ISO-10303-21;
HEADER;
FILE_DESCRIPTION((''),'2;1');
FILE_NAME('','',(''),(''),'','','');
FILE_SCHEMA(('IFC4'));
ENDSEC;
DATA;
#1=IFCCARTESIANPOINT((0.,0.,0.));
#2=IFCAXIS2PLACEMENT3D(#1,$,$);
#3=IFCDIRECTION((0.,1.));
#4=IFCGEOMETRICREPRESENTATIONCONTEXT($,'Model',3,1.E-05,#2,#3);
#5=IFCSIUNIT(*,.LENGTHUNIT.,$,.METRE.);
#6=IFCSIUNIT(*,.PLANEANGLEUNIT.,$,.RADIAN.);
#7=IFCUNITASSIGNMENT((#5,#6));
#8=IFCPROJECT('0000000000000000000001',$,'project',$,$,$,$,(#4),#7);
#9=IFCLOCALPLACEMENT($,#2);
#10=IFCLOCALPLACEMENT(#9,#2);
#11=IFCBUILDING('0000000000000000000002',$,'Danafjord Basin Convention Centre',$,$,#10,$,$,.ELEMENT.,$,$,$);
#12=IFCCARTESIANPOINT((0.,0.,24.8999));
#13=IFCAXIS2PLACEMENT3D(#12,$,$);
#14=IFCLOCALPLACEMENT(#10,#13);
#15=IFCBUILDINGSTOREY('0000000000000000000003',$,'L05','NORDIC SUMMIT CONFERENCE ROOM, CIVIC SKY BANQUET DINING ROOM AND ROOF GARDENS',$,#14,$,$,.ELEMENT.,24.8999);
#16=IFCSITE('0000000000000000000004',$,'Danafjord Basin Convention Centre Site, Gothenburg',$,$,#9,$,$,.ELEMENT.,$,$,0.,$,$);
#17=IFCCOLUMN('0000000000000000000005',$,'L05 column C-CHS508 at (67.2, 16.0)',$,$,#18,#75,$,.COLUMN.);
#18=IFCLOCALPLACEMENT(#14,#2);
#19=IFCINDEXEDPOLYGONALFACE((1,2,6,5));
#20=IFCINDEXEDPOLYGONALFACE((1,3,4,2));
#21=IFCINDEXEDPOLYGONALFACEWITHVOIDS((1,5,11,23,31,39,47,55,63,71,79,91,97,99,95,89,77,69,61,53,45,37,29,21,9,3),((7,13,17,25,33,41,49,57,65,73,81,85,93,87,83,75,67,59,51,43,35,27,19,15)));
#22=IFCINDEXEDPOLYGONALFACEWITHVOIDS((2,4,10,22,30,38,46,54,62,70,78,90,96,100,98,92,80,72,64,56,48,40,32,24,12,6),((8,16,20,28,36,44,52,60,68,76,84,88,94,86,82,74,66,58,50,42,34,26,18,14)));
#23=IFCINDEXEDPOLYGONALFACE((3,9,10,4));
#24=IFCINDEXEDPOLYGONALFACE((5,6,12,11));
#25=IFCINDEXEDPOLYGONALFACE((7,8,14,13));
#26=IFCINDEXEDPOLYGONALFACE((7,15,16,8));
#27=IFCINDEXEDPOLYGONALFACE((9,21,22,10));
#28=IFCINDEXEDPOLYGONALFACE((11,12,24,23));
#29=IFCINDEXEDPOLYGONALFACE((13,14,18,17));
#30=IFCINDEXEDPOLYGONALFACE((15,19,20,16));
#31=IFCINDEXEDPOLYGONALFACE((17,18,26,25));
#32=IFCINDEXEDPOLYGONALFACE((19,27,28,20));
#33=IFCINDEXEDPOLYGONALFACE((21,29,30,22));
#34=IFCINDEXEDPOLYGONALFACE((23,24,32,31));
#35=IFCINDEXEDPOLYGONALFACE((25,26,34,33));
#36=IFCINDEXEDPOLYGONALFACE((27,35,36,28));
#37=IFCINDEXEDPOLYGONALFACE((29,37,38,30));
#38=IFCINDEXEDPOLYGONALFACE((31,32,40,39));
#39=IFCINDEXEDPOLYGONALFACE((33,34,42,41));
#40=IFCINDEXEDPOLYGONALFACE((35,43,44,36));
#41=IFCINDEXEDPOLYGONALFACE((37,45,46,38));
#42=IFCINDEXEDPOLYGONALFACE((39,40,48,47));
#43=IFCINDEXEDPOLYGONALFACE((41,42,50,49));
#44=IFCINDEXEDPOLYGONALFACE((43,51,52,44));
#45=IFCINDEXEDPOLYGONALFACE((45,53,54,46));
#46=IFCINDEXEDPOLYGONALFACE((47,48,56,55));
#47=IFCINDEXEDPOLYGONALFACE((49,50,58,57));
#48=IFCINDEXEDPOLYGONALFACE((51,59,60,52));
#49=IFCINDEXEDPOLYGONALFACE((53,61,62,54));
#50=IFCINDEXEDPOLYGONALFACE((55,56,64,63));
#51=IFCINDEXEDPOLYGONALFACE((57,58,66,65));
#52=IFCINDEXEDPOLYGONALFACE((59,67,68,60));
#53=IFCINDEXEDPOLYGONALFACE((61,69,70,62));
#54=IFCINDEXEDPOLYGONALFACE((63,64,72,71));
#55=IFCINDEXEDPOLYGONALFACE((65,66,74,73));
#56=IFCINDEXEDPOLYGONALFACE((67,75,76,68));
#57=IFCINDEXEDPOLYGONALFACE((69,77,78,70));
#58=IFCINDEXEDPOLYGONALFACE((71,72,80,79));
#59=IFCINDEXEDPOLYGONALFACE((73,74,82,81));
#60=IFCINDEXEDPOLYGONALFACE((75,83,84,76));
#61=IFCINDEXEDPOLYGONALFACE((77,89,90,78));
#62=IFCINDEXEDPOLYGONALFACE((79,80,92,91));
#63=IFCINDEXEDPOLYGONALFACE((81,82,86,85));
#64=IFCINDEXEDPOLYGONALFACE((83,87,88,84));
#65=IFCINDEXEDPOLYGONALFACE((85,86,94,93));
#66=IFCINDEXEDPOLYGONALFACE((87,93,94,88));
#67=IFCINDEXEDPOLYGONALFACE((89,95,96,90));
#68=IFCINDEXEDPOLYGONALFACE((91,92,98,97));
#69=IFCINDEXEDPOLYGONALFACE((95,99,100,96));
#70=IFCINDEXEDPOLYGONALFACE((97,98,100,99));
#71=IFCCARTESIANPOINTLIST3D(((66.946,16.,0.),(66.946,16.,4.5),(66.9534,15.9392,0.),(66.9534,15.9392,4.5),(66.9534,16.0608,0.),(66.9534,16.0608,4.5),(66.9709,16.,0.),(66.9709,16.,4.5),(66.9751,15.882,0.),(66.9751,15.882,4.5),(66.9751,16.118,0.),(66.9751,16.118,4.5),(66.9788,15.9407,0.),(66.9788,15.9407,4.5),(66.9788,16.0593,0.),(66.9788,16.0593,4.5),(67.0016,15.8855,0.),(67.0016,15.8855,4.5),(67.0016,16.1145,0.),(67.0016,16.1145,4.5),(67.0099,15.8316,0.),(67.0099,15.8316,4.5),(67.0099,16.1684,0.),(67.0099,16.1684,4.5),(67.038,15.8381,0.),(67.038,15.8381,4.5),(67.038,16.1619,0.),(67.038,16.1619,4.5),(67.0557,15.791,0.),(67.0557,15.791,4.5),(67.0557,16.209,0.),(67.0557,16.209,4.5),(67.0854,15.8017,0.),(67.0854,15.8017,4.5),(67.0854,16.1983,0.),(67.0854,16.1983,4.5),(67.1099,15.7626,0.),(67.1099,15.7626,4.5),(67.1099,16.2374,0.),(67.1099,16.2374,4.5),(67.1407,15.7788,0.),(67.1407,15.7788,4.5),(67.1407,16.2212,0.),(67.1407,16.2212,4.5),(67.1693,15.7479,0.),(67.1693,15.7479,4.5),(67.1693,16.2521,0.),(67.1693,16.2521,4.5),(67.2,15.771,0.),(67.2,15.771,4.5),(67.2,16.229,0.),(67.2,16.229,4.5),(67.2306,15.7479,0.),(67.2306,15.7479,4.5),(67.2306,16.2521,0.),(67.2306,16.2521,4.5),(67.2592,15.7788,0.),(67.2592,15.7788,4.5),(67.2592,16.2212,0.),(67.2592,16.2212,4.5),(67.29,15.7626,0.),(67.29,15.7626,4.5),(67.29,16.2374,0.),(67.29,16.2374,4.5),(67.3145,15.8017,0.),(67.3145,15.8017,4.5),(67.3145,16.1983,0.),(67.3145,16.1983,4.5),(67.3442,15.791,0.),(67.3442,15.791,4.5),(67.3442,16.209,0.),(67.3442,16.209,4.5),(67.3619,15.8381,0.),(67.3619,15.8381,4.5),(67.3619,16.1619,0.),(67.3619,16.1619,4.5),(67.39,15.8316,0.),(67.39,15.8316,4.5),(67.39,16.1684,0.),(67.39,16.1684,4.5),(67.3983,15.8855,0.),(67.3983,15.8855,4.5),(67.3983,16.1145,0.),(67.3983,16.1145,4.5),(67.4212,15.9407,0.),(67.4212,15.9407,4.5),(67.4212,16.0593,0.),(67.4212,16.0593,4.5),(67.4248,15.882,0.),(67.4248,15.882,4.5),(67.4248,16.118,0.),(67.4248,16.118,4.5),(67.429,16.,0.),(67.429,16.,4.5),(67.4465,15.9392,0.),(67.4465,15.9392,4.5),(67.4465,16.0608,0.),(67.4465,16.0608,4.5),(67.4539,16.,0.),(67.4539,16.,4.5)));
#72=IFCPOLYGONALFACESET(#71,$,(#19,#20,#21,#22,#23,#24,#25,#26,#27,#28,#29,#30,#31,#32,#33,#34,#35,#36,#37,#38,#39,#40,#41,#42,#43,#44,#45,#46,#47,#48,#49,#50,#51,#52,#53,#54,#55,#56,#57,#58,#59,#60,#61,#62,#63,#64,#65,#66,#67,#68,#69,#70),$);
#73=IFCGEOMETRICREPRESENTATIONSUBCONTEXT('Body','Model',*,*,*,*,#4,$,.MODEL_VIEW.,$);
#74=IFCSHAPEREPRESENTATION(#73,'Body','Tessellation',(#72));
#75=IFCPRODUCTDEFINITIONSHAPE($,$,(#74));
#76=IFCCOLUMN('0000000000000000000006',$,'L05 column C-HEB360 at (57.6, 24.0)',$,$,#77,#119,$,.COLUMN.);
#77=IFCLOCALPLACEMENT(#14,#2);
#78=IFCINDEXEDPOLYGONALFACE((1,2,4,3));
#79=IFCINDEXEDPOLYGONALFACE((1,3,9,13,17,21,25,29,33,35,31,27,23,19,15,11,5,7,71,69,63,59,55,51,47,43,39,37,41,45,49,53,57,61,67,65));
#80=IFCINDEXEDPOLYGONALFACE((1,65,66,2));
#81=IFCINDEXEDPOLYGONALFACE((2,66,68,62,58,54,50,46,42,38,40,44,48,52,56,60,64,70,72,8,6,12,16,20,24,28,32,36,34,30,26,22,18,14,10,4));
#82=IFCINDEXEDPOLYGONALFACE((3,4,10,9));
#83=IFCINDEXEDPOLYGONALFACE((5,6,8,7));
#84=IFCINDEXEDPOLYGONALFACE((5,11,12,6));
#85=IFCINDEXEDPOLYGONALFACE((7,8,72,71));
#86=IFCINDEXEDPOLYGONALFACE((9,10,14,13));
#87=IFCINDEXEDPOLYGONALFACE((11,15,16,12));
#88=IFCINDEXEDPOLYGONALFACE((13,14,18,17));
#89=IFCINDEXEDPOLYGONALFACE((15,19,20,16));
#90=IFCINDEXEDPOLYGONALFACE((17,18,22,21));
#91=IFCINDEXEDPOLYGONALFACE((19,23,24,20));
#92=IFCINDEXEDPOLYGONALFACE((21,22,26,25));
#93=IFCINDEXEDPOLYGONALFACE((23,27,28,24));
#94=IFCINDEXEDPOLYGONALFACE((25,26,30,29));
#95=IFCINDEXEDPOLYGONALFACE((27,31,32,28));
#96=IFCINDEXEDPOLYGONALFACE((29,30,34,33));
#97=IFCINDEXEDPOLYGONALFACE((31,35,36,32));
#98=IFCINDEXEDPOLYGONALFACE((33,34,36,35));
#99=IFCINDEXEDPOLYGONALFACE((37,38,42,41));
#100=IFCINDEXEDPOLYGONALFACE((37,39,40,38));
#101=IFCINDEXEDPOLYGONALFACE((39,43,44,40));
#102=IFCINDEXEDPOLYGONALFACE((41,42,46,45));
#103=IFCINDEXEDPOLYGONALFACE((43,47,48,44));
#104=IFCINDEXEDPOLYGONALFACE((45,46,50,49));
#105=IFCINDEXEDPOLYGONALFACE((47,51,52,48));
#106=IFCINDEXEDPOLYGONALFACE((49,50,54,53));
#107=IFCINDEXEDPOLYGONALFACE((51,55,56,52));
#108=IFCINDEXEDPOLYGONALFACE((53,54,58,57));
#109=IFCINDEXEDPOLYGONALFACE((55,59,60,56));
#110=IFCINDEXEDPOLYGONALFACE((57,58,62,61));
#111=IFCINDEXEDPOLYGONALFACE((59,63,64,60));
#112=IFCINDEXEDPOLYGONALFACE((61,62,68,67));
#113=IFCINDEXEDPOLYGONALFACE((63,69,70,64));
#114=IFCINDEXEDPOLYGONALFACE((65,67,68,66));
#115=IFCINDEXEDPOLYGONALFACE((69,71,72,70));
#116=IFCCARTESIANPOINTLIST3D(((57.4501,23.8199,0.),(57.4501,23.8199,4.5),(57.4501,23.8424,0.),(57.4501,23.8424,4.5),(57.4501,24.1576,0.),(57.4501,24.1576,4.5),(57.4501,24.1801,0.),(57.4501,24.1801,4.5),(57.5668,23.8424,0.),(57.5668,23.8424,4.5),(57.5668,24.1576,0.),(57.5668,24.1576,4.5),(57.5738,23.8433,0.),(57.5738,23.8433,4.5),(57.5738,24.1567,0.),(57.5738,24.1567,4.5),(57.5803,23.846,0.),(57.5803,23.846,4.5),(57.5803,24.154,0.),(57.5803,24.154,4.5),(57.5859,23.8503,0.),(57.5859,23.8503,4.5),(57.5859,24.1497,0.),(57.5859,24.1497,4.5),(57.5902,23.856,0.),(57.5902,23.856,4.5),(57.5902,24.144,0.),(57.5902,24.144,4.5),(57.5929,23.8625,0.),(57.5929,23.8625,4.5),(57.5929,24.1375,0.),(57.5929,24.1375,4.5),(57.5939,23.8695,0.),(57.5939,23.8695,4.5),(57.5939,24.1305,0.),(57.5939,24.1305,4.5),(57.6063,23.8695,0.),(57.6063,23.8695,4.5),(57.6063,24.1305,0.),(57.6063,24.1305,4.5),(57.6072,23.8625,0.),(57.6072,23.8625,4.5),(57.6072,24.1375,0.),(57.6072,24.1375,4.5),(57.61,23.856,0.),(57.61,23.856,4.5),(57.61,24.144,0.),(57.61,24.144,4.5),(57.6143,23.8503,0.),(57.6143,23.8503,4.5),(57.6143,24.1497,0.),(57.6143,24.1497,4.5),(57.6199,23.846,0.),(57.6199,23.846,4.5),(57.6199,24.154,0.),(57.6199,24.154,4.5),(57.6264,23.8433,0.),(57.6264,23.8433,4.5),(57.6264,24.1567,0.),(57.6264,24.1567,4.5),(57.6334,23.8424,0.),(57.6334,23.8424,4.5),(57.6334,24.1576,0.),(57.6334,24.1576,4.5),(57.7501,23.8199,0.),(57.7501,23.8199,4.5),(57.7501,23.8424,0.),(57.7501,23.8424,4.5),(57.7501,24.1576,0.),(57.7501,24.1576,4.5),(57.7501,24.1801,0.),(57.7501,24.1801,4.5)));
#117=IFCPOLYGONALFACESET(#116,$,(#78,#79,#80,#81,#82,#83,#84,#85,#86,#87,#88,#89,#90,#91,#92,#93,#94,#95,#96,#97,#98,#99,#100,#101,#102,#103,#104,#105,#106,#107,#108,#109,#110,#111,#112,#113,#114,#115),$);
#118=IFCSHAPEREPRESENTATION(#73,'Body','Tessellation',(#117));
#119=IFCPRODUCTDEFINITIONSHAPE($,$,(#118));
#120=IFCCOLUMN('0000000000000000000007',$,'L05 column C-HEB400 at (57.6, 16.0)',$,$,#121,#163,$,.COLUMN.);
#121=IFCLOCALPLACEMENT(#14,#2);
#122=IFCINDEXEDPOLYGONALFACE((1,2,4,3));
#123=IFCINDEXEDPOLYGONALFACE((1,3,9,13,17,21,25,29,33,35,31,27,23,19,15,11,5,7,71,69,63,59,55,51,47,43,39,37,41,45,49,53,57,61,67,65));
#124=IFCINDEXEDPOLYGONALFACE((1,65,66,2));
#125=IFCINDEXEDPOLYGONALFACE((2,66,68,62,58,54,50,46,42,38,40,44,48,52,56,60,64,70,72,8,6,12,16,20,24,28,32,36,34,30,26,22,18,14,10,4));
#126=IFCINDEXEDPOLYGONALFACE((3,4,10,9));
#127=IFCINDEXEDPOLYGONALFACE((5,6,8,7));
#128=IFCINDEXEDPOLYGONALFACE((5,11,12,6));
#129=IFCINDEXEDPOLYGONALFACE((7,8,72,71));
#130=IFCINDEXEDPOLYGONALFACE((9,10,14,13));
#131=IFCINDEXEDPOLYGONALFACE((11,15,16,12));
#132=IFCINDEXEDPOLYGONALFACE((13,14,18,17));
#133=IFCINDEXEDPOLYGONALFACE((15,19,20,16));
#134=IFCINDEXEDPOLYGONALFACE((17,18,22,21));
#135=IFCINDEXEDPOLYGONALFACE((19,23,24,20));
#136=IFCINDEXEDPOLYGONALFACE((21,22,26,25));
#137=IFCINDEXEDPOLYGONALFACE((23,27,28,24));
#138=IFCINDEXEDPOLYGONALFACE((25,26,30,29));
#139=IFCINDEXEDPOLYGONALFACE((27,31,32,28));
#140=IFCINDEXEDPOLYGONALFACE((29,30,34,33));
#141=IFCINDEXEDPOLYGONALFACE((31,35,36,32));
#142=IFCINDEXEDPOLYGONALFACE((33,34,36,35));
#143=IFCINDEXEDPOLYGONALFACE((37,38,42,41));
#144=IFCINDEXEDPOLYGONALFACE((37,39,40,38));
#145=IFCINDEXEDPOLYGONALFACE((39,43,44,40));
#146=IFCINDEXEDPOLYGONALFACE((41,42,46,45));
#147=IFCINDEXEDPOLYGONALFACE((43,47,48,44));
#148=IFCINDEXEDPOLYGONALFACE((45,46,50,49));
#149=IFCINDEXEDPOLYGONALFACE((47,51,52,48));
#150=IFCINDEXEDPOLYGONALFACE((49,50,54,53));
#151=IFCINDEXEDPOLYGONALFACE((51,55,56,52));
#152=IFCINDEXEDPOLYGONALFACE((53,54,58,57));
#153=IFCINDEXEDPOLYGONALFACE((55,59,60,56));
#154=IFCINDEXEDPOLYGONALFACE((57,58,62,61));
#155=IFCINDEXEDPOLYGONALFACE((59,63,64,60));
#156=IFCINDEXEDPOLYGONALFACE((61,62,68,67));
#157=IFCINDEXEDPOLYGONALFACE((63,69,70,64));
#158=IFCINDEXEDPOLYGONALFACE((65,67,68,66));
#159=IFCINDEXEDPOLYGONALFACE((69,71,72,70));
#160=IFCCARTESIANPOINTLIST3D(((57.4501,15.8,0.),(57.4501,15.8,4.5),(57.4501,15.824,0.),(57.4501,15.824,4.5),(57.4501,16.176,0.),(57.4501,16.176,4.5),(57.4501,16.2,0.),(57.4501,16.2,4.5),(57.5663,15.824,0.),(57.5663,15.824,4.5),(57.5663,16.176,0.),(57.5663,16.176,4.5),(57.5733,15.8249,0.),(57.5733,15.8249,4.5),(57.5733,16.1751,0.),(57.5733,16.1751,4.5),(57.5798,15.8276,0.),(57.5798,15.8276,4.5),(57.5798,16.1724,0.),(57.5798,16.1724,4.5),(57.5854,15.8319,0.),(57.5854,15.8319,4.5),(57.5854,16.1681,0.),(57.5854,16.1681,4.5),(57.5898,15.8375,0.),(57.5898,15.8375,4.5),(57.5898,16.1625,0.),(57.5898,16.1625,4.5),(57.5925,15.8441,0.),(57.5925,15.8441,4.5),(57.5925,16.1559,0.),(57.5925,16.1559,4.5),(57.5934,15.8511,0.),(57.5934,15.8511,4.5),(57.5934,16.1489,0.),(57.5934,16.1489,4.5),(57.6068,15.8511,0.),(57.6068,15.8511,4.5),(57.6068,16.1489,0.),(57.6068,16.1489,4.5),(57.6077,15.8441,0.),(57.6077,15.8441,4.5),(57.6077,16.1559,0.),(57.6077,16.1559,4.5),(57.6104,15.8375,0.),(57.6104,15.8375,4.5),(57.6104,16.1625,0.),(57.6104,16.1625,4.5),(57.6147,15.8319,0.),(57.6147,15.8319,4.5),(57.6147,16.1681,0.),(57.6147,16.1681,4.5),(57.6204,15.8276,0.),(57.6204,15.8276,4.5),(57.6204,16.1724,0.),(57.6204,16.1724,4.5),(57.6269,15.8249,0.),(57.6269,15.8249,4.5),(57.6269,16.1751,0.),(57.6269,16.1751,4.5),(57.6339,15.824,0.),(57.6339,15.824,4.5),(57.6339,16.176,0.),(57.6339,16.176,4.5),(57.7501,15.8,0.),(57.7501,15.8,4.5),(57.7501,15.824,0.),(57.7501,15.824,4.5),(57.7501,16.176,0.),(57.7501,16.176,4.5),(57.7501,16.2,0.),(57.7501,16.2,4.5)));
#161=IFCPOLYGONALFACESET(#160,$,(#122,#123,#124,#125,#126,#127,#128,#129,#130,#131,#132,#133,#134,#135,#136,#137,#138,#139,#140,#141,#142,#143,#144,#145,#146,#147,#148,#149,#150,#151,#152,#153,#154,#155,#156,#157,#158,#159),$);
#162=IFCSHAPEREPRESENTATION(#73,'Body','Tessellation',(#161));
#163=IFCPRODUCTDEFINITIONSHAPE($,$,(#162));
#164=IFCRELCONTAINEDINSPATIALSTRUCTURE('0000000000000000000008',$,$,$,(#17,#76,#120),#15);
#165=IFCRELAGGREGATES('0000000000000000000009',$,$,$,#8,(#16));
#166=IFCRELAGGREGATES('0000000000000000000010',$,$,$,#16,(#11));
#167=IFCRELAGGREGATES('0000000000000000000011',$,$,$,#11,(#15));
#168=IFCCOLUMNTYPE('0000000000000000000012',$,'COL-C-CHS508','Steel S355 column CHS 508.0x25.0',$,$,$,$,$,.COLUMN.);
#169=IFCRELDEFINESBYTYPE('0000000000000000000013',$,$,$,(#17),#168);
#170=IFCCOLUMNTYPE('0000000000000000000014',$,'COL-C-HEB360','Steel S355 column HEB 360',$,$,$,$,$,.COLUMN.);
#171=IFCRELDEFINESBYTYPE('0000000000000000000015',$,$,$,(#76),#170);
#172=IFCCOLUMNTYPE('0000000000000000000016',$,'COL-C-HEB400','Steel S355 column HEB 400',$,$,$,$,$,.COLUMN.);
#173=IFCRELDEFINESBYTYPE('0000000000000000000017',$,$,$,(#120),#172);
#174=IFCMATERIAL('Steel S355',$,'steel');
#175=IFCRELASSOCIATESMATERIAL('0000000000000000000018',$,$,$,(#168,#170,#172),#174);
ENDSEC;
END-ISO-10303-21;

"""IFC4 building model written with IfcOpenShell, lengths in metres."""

from ifc_helpers import new_model, si_unit, direction, frame, origin, origin_2d, place, context, subcontext, project, spatial, hollow_circle, i_section, extrude, material, material_profile, profile_set, type_object, element, save


model = new_model("IFC4")

# Units and contexts
model_context = context("Model", 3, precision=1e-05, world=origin(), true_north=direction((0.0, 1.0)))
body_context = subcontext(model_context, "Body", "Model", "MODEL_VIEW")
ifc_project = project(units=[si_unit("LENGTHUNIT", "METRE"), si_unit("PLANEANGLEUNIT", "RADIAN")], contexts=[model_context])

# Site, building, storey
site_placement = place(None, origin())
site = spatial("IfcSite", under=ifc_project, at=site_placement, Name="Danafjord Basin Convention Centre Site, Gothenburg", CompositionType="ELEMENT", RefElevation=0.0)
building_placement = place(site_placement, origin())
building = spatial("IfcBuilding", under=site, at=building_placement, Name="Danafjord Basin Convention Centre", CompositionType="ELEMENT")
storey_placement = place(building_placement, frame((0.0, 0.0, 24.8999)))
storey = spatial("IfcBuildingStorey", under=building, at=storey_placement, Name="L05", Description="NORDIC SUMMIT CONFERENCE ROOM, CIVIC SKY BANQUET DINING ROOM AND ROOF GARDENS", CompositionType="ELEMENT", Elevation=24.8999)

# Columns
ifc_material_1 = material(Name="Steel S355", Category="steel")
ifc_material_profile_1 = material_profile(ifc_material_1, hollow_circle(Radius=0.2539, WallThickness=0.0249, at=origin_2d()), Name="CHS 508.0x25.0")
ifc_profile_set_1 = profile_set([ifc_material_profile_1], Name="Steel S355")
column_type_1 = type_object("IfcColumnType", Name="COL-C-CHS508", Description="Steel S355 column CHS 508.0x25.0", PredefinedType="COLUMN", material=ifc_profile_set_1)
column_1_placement = place(storey_placement, frame((67.2, 16.0, 0.0), z_axis=(0.0, 0.0, 1.0), x_axis=(1.0, 0.0, 0.0)))
element("IfcColumn", 1, at=column_1_placement, inside=storey, type_object=column_type_1, Name="L05 column C-CHS508 at (67.2, 16.0)", PredefinedType="COLUMN", context=body_context, shape_type="SweptSolid", body=[
    extrude(hollow_circle(Radius=0.2539, WallThickness=0.0249, at=origin_2d()), origin(), (0.0, 0.0, 1.0), 4.5),
])
ifc_material_profile_2 = material_profile(ifc_material_1, i_section(OverallWidth=0.3, OverallDepth=0.3601, WebThickness=0.0125, FlangeThickness=0.0225, FilletRadius=0.0271, at=origin_2d()), Name="HEB 360")
ifc_profile_set_2 = profile_set([ifc_material_profile_2], Name="Steel S355")
column_type_2 = type_object("IfcColumnType", Name="COL-C-HEB360", Description="Steel S355 column HEB 360", PredefinedType="COLUMN", material=ifc_profile_set_2)
column_2_placement = place(storey_placement, frame((57.6001, 24.0, 0.0), z_axis=(0.0, 0.0, 1.0), x_axis=(1.0, 0.0, 0.0)))
element("IfcColumn", 2, at=column_2_placement, inside=storey, type_object=column_type_2, Name="L05 column C-HEB360 at (57.6, 24.0)", PredefinedType="COLUMN", context=body_context, shape_type="SweptSolid", body=[
    extrude(i_section(OverallWidth=0.3, OverallDepth=0.3601, WebThickness=0.0125, FlangeThickness=0.0225, FilletRadius=0.0271, at=origin_2d()), origin(), (0.0, 0.0, 1.0), 4.5),
])
ifc_material_profile_3 = material_profile(ifc_material_1, i_section(OverallWidth=0.3, OverallDepth=0.3999, WebThickness=0.0134, FlangeThickness=0.0239, FilletRadius=0.0271, at=origin_2d()), Name="HEB 400")
ifc_profile_set_3 = profile_set([ifc_material_profile_3], Name="Steel S355")
column_type_3 = type_object("IfcColumnType", Name="COL-C-HEB400", Description="Steel S355 column HEB 400", PredefinedType="COLUMN", material=ifc_profile_set_3)
column_3_placement = place(storey_placement, frame((57.6001, 16.0, 0.0), z_axis=(0.0, 0.0, 1.0), x_axis=(1.0, 0.0, 0.0)))
element("IfcColumn", 3, at=column_3_placement, inside=storey, type_object=column_type_3, Name="L05 column C-HEB400 at (57.6, 16.0)", PredefinedType="COLUMN", context=body_context, shape_type="SweptSolid", body=[
    extrude(i_section(OverallWidth=0.3, OverallDepth=0.3999, WebThickness=0.0134, FlangeThickness=0.0239, FilletRadius=0.0271, at=origin_2d()), origin(), (0.0, 0.0, 1.0), 4.5),
])

save(model, "model.ifc")
